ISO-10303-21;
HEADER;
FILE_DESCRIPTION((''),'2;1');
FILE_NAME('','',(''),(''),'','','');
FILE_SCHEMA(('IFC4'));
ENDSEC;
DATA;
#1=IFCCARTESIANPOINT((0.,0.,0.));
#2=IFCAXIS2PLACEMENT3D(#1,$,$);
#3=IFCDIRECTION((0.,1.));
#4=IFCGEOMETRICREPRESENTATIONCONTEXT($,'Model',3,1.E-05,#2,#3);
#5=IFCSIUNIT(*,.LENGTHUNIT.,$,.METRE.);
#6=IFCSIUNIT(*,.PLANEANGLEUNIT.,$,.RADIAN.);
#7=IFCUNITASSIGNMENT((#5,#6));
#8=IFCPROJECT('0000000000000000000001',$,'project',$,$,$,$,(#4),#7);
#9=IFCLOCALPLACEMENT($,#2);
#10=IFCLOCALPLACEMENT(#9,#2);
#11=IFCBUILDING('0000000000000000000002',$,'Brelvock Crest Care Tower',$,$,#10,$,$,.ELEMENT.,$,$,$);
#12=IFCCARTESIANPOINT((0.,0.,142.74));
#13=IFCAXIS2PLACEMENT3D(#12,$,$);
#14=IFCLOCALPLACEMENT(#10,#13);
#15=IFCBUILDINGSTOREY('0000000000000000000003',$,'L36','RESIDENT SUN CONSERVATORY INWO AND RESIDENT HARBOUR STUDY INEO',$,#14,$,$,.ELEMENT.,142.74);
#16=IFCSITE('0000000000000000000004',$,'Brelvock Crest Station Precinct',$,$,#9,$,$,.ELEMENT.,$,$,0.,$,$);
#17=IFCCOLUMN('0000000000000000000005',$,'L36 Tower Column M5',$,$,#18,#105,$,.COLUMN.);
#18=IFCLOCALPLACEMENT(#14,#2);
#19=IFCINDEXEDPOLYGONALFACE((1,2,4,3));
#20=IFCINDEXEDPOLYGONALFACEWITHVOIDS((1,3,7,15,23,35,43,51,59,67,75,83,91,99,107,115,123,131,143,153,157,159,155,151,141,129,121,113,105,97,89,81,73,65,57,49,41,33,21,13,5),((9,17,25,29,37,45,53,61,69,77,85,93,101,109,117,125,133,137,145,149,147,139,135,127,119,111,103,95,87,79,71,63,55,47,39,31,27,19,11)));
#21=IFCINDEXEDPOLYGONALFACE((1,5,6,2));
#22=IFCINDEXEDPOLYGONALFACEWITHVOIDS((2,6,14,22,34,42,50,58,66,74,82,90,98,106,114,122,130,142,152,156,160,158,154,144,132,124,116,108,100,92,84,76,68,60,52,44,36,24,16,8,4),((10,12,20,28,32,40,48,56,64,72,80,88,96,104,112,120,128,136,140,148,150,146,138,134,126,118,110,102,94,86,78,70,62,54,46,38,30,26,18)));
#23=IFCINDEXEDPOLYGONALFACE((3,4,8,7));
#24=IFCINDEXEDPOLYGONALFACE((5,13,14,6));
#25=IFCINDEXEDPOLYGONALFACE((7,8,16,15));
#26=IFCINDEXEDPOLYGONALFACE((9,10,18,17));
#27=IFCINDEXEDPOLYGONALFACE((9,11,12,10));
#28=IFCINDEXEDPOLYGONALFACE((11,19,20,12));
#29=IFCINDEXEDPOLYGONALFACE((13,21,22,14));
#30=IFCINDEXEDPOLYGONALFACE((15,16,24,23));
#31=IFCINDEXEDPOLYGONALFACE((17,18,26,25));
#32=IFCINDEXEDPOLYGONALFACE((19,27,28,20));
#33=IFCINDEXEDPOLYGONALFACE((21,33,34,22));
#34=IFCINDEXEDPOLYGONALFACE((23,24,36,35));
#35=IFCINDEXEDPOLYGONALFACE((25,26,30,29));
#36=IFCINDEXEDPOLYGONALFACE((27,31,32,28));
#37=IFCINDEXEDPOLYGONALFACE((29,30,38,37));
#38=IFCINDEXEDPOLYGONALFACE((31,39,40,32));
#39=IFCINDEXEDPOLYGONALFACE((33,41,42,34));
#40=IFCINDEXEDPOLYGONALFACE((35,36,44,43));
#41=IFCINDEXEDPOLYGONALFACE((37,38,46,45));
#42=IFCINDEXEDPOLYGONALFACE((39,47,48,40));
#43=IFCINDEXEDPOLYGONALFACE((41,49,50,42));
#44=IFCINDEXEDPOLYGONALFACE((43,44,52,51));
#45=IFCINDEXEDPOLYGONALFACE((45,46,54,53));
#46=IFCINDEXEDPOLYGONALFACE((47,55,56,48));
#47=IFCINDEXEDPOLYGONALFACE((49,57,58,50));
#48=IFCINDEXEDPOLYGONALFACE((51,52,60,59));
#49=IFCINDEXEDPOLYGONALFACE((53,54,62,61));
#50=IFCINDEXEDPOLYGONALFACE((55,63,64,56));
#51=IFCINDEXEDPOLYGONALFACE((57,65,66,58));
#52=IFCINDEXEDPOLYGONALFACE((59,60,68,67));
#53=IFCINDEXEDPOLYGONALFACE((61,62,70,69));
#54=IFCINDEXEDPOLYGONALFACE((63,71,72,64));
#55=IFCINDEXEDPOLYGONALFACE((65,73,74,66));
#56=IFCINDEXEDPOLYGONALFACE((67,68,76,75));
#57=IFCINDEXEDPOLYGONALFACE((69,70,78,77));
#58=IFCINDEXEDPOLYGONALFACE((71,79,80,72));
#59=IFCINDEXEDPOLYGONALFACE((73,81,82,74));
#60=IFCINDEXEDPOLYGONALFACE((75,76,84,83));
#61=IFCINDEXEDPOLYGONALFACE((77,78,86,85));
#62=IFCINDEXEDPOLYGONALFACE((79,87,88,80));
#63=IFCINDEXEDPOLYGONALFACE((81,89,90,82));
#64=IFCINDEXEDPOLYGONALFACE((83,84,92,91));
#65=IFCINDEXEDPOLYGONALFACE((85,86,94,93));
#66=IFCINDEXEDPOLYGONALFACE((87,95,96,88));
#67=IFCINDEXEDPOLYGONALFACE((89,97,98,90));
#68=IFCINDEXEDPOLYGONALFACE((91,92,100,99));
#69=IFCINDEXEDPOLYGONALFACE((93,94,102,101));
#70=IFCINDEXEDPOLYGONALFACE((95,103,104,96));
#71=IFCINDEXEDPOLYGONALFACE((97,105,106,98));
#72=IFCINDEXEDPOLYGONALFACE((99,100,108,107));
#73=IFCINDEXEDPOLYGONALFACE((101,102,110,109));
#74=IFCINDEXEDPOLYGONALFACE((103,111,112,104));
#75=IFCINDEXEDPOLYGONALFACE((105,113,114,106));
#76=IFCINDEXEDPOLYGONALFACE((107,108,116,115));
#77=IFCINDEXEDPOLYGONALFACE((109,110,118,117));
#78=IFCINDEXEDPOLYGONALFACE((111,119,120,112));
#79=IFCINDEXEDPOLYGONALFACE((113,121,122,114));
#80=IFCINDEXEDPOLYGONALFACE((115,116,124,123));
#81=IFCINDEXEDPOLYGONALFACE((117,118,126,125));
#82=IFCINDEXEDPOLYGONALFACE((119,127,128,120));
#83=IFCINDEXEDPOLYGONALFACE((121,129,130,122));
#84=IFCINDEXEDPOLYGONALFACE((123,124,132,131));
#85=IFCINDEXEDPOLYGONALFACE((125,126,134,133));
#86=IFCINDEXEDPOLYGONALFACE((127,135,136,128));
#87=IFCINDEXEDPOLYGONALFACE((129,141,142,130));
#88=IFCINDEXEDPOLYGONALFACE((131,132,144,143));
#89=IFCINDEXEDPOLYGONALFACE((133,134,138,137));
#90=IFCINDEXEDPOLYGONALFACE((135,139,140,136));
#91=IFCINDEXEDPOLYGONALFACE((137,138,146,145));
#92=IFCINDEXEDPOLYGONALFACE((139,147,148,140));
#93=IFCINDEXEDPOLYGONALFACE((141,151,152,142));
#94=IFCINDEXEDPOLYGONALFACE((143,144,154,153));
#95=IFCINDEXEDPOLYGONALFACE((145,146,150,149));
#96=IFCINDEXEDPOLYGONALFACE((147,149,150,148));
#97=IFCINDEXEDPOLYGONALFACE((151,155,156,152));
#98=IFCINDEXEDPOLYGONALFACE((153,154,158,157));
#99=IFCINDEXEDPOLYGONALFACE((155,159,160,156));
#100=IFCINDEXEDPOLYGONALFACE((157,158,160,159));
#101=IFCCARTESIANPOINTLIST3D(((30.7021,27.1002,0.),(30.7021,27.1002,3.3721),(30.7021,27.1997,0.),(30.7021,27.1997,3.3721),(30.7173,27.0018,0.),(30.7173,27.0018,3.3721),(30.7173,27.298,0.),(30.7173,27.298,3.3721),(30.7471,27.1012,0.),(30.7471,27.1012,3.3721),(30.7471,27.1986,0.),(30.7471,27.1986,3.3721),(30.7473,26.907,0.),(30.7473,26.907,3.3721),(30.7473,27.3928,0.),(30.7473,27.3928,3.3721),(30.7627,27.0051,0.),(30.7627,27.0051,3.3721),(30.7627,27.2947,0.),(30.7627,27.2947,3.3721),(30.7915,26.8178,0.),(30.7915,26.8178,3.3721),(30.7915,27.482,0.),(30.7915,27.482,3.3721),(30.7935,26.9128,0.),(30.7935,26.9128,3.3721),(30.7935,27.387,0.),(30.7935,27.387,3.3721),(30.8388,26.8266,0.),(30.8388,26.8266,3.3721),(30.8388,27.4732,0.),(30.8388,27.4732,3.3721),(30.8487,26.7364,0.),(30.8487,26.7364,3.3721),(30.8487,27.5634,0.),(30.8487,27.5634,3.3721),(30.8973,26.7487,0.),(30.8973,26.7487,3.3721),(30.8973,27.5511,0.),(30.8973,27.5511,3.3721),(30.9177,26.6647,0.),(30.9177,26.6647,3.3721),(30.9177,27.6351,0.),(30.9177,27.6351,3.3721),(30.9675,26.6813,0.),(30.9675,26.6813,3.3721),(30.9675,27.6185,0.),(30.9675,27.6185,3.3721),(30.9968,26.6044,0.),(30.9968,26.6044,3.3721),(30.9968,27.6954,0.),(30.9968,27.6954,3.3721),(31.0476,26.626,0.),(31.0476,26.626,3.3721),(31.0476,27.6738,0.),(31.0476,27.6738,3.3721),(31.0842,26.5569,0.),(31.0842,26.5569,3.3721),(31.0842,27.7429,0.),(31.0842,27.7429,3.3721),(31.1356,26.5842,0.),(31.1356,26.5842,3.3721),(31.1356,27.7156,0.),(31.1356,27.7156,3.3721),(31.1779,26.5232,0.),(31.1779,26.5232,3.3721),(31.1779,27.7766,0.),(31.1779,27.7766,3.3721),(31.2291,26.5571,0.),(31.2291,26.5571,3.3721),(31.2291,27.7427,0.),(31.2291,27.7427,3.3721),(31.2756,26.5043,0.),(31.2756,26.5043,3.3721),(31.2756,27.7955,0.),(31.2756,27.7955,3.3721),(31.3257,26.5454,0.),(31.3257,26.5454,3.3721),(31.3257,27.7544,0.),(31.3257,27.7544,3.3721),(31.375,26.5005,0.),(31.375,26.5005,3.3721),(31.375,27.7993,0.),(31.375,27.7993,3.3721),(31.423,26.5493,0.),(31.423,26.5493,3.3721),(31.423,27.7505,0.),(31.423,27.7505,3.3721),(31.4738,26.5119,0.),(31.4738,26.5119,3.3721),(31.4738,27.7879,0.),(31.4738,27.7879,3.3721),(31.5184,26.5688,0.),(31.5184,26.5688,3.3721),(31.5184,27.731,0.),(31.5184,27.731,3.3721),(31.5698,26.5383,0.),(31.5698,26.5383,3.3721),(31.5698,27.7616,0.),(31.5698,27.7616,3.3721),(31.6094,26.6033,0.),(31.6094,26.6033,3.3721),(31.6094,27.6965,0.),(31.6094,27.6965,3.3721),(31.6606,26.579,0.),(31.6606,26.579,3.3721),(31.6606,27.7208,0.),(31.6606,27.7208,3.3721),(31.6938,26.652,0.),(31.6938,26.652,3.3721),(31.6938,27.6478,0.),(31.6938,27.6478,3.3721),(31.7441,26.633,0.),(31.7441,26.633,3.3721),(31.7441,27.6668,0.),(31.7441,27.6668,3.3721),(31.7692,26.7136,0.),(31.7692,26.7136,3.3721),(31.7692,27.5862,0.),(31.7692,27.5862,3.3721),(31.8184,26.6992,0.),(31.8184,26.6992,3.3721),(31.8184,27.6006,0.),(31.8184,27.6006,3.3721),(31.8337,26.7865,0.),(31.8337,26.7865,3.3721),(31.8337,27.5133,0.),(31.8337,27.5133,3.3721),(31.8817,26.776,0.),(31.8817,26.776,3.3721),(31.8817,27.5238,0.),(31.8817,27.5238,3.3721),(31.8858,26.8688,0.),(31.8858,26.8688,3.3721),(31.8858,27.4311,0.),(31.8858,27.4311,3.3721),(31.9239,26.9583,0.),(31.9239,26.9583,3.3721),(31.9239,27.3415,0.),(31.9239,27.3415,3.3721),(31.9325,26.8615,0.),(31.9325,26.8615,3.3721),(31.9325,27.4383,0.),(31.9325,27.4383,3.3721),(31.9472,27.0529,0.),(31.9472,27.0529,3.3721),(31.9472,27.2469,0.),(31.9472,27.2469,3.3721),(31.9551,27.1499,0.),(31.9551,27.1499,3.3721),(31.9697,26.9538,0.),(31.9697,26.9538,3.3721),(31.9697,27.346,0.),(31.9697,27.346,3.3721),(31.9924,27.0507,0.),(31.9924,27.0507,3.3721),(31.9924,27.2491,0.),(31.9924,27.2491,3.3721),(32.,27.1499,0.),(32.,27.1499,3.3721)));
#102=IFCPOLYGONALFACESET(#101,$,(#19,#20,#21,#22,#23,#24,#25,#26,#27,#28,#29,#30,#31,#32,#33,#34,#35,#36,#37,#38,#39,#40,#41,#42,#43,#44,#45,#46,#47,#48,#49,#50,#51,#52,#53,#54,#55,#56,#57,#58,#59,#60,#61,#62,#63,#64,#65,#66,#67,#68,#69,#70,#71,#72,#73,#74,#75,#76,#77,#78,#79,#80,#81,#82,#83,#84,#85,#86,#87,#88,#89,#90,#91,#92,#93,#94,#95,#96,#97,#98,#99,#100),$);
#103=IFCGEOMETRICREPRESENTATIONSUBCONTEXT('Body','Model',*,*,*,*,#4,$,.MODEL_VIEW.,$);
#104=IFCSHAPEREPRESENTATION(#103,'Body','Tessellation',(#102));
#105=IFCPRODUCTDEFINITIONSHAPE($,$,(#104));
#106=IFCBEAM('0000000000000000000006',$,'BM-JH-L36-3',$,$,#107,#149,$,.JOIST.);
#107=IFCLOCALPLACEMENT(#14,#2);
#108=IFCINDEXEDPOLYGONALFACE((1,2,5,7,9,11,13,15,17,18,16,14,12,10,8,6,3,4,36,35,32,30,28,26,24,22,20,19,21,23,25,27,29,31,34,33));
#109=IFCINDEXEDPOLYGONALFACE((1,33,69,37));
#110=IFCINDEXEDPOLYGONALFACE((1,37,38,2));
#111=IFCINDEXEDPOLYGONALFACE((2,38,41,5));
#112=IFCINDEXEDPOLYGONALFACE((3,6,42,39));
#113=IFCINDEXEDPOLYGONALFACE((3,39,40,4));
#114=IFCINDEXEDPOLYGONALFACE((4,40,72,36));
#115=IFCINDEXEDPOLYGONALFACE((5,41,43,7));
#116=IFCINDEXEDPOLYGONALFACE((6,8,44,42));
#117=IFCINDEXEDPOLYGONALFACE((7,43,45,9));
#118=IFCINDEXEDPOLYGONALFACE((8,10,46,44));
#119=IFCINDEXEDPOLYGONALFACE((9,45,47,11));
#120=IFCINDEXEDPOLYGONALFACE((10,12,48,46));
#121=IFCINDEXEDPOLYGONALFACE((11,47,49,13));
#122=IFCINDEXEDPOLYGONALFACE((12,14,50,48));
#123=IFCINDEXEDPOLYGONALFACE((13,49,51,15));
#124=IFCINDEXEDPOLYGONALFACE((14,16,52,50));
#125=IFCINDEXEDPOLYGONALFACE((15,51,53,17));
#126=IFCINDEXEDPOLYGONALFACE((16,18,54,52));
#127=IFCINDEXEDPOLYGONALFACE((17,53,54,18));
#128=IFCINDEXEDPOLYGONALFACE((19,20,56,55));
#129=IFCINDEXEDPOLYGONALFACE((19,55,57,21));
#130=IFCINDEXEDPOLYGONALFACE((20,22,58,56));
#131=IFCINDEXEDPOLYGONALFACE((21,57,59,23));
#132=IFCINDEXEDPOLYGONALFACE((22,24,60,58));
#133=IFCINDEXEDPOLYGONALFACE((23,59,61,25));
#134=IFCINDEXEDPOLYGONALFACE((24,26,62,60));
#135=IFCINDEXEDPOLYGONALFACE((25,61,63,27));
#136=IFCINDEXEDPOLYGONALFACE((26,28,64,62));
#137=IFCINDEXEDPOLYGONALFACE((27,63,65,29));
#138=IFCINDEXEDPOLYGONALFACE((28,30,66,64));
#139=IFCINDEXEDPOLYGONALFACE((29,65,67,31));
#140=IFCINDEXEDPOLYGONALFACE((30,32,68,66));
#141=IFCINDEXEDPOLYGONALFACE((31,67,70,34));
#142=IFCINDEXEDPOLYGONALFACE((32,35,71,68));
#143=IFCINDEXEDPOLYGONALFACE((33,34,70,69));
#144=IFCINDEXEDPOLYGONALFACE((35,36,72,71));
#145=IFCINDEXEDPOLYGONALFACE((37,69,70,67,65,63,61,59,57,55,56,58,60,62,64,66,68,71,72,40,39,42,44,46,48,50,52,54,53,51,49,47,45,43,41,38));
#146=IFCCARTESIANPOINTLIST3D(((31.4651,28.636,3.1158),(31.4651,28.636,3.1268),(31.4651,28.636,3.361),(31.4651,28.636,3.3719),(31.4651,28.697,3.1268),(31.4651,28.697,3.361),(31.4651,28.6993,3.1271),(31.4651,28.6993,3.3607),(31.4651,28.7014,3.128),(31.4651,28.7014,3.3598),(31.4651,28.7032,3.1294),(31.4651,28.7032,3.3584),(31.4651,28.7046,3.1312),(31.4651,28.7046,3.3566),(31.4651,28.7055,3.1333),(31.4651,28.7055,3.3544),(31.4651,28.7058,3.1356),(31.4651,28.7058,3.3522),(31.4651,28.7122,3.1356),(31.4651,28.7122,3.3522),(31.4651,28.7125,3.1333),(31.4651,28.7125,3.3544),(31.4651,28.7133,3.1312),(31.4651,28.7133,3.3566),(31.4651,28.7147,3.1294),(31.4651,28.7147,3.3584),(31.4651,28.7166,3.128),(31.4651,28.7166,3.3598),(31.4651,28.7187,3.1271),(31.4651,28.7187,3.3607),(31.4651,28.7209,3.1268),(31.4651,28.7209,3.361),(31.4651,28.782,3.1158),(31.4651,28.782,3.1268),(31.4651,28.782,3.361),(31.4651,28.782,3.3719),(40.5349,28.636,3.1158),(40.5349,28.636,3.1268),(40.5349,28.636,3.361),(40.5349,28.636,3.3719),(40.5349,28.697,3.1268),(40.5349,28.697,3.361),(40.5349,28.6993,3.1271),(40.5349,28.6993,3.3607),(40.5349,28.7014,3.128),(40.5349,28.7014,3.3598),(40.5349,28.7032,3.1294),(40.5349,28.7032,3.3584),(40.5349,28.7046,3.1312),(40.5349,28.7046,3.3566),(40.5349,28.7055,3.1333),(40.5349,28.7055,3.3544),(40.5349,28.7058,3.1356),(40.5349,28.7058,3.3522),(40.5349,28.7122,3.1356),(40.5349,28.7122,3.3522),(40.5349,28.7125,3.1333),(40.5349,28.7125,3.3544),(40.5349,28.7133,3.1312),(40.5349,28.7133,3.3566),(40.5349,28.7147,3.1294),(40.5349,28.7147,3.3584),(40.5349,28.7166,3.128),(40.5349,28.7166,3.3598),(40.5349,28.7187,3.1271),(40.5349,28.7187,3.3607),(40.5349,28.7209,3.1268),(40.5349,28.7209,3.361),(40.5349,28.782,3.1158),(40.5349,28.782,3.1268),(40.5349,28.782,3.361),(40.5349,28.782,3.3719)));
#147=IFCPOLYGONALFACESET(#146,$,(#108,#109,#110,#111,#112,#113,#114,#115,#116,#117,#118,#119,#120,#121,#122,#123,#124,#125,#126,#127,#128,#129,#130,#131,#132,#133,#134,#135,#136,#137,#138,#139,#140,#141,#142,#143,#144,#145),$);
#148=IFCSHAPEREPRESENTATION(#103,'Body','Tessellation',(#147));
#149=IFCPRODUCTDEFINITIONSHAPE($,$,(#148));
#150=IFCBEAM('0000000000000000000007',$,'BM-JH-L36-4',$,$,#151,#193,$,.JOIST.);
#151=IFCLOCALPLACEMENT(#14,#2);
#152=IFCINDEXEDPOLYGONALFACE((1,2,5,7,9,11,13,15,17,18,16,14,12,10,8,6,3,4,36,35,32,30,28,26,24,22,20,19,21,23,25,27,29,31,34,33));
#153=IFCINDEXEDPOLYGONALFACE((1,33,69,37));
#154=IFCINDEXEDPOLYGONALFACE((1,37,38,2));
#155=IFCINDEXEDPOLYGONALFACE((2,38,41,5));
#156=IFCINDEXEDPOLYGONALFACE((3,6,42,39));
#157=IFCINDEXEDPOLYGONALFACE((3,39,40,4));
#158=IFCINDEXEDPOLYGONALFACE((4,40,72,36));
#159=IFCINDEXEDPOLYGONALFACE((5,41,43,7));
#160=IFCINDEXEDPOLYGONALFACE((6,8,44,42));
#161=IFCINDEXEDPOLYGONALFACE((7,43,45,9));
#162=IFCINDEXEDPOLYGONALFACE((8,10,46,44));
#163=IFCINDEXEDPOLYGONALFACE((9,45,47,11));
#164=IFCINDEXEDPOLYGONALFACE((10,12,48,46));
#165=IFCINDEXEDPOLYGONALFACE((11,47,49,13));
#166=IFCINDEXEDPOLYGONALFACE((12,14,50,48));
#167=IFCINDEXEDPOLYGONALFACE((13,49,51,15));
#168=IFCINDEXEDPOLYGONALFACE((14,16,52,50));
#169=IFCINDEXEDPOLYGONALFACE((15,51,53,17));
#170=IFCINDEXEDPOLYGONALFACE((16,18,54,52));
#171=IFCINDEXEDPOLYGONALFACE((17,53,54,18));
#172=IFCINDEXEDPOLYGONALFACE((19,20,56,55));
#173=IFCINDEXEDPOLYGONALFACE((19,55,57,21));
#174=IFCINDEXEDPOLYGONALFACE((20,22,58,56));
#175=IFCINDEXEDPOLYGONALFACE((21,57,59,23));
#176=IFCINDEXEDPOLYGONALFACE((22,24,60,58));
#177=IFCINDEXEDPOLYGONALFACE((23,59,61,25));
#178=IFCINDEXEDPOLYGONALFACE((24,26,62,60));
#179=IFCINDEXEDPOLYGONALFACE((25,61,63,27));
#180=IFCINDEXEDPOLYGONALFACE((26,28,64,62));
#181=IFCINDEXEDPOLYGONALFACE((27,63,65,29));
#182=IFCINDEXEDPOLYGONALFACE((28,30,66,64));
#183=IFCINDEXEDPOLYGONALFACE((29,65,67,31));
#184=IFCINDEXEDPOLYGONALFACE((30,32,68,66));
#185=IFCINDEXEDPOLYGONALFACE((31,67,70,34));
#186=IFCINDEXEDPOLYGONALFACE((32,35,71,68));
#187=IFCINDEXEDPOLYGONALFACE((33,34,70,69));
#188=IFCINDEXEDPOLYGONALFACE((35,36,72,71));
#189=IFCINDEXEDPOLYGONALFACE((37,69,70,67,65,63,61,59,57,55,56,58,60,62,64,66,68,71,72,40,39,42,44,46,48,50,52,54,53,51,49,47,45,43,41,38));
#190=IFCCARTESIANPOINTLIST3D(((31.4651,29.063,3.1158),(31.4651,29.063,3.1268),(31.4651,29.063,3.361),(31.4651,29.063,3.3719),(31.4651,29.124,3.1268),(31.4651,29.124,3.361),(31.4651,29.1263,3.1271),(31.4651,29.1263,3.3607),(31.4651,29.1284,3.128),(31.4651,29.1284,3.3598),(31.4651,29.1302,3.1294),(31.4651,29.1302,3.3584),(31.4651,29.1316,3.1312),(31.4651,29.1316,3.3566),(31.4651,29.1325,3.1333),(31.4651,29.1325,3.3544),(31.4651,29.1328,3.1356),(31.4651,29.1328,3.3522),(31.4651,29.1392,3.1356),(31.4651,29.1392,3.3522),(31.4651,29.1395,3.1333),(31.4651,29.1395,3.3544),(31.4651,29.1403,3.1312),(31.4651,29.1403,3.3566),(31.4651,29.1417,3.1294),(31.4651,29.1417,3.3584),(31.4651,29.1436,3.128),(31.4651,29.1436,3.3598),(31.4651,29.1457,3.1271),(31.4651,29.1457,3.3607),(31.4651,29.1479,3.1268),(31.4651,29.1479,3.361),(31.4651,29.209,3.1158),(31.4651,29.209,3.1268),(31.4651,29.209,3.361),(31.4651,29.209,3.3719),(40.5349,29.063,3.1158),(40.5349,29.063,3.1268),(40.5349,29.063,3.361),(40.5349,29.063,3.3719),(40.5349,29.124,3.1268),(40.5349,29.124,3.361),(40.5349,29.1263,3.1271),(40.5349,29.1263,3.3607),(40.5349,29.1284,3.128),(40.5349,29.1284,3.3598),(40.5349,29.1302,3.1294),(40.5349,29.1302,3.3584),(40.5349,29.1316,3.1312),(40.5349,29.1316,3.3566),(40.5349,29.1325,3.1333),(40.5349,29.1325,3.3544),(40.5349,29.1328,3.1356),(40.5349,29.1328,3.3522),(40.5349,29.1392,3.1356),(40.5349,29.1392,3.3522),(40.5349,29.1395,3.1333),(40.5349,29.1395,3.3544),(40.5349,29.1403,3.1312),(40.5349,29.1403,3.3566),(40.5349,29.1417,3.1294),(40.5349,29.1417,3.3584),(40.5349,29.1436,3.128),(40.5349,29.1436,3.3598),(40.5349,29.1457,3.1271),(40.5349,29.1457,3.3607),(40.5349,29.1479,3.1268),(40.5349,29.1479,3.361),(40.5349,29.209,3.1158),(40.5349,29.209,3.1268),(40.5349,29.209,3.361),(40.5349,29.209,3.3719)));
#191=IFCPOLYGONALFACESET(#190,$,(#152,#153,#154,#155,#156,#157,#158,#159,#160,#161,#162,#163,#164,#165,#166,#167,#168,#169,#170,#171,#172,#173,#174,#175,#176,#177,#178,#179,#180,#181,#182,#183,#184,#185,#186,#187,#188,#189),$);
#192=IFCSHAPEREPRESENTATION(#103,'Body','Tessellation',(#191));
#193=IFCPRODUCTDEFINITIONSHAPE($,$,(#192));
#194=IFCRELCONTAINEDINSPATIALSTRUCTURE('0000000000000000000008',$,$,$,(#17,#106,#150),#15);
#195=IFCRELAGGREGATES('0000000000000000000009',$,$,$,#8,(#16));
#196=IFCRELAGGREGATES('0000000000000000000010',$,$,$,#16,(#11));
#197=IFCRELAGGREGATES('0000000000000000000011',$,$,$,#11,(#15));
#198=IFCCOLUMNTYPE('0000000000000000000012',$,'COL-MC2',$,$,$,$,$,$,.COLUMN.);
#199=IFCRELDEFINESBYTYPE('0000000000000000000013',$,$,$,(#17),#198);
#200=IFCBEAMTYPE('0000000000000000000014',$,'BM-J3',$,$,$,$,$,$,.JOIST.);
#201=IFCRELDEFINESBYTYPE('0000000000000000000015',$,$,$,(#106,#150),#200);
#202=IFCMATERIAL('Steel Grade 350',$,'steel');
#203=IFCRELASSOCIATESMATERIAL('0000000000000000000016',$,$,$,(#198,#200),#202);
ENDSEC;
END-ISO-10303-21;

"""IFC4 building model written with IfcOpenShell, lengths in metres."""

from ifc_helpers import new_model, si_unit, direction, frame, origin, origin_2d, place, context, subcontext, project, spatial, hollow_circle, i_section, extrude, source, transform, mapped, material, material_profile, profile_set, type_object, element, save


model = new_model("IFC4")

# Units and contexts
model_context = context("Model", 3, precision=1e-05, world=origin(), true_north=direction((0.0, 1.0)))
body_context = subcontext(model_context, "Body", "Model", "MODEL_VIEW")
ifc_project = project(units=[si_unit("LENGTHUNIT", "METRE"), si_unit("PLANEANGLEUNIT", "RADIAN")], contexts=[model_context])

# Site, building, storey
site_placement = place(None, origin())
site = spatial("IfcSite", under=ifc_project, at=site_placement, Name="Brelvock Crest Station Precinct", CompositionType="ELEMENT", RefElevation=0.0)
building_placement = place(site_placement, origin())
building = spatial("IfcBuilding", under=site, at=building_placement, Name="Brelvock Crest Care Tower", CompositionType="ELEMENT")
storey_placement = place(building_placement, frame((0.0, 0.0, 142.74)))
storey = spatial("IfcBuildingStorey", under=building, at=storey_placement, Name="L36", Description="RESIDENT SUN CONSERVATORY INWO AND RESIDENT HARBOUR STUDY INEO", CompositionType="ELEMENT", Elevation=142.74)

# Column
ifc_material_1 = material(Name="Steel Grade 350", Category="steel")
ifc_material_profile_1 = material_profile(ifc_material_1, hollow_circle(Radius=0.6499, WallThickness=0.0449, at=origin_2d()), Name="CFT1300x45")
ifc_profile_set_1 = profile_set([ifc_material_profile_1], Name="Steel Grade 350")
column_type = type_object("IfcColumnType", Name="COL-MC2", PredefinedType="COLUMN", material=ifc_profile_set_1)
shared_shape_1 = source(origin(), body_context, "Body", "SweptSolid", [
    extrude(hollow_circle(Radius=0.6499, WallThickness=0.0449, at=origin_2d()), origin(), (0.0, 0.0, 1.0), 3.3721),
])
column_placement = place(storey_placement, frame((31.3501, 27.1499, 0.0), z_axis=(0.0, 0.0, 1.0), x_axis=(1.0, 0.0, 0.0)))
element("IfcColumn", 1, at=column_placement, inside=storey, type_object=column_type, Name="L36 Tower Column M5", PredefinedType="COLUMN", context=body_context, shape_type="MappedRepresentation", body=[
    mapped(shared_shape_1, transform((0.0, 0.0, 0.0), x_axis=(1.0, 0.0, 0.0), y_axis=(0.0, 1.0, 0.0), z_axis=(0.0, 0.0, 1.0), scale=1.0)),
])

# Beams
ifc_material_profile_2 = material_profile(ifc_material_1, i_section(OverallWidth=0.146, OverallDepth=0.2561, WebThickness=0.0063, FlangeThickness=0.011, FilletRadius=0.0088, at=origin_2d()), Name="250UB37.3")
ifc_profile_set_2 = profile_set([ifc_material_profile_2], Name="Steel Grade 350")
beam_type_1 = type_object("IfcBeamType", Name="BM-J3", PredefinedType="JOIST", material=ifc_profile_set_2)
shared_shape_2 = source(origin(), body_context, "Body", "SweptSolid", [
    extrude(i_section(OverallWidth=0.146, OverallDepth=0.2561, WebThickness=0.0063, FlangeThickness=0.011, FilletRadius=0.0088, at=origin_2d()), origin(), (0.0, 0.0, 1.0), 9.0698),
])
for number, where, z_axis, x_axis, name in (
    (2, (31.4651, 28.709, 3.2439), (1.0, 0.0, 0.0), (0.0, 1.0, 0.0), "BM-JH-L36-3"),
    (3, (31.4651, 29.136, 3.2439), (1.0, 0.0, 0.0), (0.0, 1.0, 0.0), "BM-JH-L36-4"),
):
    element("IfcBeam", number, at=place(storey_placement, frame(where, z_axis=z_axis, x_axis=x_axis)), inside=storey, type_object=beam_type_1, Name=name, PredefinedType="JOIST", context=body_context, shape_type="MappedRepresentation", body=[
        mapped(shared_shape_2, transform((0.0, 0.0, 0.0), x_axis=(1.0, 0.0, 0.0), y_axis=(0.0, 1.0, 0.0), z_axis=(0.0, 0.0, 1.0), scale=1.0)),
    ])

save(model, "model.ifc")
